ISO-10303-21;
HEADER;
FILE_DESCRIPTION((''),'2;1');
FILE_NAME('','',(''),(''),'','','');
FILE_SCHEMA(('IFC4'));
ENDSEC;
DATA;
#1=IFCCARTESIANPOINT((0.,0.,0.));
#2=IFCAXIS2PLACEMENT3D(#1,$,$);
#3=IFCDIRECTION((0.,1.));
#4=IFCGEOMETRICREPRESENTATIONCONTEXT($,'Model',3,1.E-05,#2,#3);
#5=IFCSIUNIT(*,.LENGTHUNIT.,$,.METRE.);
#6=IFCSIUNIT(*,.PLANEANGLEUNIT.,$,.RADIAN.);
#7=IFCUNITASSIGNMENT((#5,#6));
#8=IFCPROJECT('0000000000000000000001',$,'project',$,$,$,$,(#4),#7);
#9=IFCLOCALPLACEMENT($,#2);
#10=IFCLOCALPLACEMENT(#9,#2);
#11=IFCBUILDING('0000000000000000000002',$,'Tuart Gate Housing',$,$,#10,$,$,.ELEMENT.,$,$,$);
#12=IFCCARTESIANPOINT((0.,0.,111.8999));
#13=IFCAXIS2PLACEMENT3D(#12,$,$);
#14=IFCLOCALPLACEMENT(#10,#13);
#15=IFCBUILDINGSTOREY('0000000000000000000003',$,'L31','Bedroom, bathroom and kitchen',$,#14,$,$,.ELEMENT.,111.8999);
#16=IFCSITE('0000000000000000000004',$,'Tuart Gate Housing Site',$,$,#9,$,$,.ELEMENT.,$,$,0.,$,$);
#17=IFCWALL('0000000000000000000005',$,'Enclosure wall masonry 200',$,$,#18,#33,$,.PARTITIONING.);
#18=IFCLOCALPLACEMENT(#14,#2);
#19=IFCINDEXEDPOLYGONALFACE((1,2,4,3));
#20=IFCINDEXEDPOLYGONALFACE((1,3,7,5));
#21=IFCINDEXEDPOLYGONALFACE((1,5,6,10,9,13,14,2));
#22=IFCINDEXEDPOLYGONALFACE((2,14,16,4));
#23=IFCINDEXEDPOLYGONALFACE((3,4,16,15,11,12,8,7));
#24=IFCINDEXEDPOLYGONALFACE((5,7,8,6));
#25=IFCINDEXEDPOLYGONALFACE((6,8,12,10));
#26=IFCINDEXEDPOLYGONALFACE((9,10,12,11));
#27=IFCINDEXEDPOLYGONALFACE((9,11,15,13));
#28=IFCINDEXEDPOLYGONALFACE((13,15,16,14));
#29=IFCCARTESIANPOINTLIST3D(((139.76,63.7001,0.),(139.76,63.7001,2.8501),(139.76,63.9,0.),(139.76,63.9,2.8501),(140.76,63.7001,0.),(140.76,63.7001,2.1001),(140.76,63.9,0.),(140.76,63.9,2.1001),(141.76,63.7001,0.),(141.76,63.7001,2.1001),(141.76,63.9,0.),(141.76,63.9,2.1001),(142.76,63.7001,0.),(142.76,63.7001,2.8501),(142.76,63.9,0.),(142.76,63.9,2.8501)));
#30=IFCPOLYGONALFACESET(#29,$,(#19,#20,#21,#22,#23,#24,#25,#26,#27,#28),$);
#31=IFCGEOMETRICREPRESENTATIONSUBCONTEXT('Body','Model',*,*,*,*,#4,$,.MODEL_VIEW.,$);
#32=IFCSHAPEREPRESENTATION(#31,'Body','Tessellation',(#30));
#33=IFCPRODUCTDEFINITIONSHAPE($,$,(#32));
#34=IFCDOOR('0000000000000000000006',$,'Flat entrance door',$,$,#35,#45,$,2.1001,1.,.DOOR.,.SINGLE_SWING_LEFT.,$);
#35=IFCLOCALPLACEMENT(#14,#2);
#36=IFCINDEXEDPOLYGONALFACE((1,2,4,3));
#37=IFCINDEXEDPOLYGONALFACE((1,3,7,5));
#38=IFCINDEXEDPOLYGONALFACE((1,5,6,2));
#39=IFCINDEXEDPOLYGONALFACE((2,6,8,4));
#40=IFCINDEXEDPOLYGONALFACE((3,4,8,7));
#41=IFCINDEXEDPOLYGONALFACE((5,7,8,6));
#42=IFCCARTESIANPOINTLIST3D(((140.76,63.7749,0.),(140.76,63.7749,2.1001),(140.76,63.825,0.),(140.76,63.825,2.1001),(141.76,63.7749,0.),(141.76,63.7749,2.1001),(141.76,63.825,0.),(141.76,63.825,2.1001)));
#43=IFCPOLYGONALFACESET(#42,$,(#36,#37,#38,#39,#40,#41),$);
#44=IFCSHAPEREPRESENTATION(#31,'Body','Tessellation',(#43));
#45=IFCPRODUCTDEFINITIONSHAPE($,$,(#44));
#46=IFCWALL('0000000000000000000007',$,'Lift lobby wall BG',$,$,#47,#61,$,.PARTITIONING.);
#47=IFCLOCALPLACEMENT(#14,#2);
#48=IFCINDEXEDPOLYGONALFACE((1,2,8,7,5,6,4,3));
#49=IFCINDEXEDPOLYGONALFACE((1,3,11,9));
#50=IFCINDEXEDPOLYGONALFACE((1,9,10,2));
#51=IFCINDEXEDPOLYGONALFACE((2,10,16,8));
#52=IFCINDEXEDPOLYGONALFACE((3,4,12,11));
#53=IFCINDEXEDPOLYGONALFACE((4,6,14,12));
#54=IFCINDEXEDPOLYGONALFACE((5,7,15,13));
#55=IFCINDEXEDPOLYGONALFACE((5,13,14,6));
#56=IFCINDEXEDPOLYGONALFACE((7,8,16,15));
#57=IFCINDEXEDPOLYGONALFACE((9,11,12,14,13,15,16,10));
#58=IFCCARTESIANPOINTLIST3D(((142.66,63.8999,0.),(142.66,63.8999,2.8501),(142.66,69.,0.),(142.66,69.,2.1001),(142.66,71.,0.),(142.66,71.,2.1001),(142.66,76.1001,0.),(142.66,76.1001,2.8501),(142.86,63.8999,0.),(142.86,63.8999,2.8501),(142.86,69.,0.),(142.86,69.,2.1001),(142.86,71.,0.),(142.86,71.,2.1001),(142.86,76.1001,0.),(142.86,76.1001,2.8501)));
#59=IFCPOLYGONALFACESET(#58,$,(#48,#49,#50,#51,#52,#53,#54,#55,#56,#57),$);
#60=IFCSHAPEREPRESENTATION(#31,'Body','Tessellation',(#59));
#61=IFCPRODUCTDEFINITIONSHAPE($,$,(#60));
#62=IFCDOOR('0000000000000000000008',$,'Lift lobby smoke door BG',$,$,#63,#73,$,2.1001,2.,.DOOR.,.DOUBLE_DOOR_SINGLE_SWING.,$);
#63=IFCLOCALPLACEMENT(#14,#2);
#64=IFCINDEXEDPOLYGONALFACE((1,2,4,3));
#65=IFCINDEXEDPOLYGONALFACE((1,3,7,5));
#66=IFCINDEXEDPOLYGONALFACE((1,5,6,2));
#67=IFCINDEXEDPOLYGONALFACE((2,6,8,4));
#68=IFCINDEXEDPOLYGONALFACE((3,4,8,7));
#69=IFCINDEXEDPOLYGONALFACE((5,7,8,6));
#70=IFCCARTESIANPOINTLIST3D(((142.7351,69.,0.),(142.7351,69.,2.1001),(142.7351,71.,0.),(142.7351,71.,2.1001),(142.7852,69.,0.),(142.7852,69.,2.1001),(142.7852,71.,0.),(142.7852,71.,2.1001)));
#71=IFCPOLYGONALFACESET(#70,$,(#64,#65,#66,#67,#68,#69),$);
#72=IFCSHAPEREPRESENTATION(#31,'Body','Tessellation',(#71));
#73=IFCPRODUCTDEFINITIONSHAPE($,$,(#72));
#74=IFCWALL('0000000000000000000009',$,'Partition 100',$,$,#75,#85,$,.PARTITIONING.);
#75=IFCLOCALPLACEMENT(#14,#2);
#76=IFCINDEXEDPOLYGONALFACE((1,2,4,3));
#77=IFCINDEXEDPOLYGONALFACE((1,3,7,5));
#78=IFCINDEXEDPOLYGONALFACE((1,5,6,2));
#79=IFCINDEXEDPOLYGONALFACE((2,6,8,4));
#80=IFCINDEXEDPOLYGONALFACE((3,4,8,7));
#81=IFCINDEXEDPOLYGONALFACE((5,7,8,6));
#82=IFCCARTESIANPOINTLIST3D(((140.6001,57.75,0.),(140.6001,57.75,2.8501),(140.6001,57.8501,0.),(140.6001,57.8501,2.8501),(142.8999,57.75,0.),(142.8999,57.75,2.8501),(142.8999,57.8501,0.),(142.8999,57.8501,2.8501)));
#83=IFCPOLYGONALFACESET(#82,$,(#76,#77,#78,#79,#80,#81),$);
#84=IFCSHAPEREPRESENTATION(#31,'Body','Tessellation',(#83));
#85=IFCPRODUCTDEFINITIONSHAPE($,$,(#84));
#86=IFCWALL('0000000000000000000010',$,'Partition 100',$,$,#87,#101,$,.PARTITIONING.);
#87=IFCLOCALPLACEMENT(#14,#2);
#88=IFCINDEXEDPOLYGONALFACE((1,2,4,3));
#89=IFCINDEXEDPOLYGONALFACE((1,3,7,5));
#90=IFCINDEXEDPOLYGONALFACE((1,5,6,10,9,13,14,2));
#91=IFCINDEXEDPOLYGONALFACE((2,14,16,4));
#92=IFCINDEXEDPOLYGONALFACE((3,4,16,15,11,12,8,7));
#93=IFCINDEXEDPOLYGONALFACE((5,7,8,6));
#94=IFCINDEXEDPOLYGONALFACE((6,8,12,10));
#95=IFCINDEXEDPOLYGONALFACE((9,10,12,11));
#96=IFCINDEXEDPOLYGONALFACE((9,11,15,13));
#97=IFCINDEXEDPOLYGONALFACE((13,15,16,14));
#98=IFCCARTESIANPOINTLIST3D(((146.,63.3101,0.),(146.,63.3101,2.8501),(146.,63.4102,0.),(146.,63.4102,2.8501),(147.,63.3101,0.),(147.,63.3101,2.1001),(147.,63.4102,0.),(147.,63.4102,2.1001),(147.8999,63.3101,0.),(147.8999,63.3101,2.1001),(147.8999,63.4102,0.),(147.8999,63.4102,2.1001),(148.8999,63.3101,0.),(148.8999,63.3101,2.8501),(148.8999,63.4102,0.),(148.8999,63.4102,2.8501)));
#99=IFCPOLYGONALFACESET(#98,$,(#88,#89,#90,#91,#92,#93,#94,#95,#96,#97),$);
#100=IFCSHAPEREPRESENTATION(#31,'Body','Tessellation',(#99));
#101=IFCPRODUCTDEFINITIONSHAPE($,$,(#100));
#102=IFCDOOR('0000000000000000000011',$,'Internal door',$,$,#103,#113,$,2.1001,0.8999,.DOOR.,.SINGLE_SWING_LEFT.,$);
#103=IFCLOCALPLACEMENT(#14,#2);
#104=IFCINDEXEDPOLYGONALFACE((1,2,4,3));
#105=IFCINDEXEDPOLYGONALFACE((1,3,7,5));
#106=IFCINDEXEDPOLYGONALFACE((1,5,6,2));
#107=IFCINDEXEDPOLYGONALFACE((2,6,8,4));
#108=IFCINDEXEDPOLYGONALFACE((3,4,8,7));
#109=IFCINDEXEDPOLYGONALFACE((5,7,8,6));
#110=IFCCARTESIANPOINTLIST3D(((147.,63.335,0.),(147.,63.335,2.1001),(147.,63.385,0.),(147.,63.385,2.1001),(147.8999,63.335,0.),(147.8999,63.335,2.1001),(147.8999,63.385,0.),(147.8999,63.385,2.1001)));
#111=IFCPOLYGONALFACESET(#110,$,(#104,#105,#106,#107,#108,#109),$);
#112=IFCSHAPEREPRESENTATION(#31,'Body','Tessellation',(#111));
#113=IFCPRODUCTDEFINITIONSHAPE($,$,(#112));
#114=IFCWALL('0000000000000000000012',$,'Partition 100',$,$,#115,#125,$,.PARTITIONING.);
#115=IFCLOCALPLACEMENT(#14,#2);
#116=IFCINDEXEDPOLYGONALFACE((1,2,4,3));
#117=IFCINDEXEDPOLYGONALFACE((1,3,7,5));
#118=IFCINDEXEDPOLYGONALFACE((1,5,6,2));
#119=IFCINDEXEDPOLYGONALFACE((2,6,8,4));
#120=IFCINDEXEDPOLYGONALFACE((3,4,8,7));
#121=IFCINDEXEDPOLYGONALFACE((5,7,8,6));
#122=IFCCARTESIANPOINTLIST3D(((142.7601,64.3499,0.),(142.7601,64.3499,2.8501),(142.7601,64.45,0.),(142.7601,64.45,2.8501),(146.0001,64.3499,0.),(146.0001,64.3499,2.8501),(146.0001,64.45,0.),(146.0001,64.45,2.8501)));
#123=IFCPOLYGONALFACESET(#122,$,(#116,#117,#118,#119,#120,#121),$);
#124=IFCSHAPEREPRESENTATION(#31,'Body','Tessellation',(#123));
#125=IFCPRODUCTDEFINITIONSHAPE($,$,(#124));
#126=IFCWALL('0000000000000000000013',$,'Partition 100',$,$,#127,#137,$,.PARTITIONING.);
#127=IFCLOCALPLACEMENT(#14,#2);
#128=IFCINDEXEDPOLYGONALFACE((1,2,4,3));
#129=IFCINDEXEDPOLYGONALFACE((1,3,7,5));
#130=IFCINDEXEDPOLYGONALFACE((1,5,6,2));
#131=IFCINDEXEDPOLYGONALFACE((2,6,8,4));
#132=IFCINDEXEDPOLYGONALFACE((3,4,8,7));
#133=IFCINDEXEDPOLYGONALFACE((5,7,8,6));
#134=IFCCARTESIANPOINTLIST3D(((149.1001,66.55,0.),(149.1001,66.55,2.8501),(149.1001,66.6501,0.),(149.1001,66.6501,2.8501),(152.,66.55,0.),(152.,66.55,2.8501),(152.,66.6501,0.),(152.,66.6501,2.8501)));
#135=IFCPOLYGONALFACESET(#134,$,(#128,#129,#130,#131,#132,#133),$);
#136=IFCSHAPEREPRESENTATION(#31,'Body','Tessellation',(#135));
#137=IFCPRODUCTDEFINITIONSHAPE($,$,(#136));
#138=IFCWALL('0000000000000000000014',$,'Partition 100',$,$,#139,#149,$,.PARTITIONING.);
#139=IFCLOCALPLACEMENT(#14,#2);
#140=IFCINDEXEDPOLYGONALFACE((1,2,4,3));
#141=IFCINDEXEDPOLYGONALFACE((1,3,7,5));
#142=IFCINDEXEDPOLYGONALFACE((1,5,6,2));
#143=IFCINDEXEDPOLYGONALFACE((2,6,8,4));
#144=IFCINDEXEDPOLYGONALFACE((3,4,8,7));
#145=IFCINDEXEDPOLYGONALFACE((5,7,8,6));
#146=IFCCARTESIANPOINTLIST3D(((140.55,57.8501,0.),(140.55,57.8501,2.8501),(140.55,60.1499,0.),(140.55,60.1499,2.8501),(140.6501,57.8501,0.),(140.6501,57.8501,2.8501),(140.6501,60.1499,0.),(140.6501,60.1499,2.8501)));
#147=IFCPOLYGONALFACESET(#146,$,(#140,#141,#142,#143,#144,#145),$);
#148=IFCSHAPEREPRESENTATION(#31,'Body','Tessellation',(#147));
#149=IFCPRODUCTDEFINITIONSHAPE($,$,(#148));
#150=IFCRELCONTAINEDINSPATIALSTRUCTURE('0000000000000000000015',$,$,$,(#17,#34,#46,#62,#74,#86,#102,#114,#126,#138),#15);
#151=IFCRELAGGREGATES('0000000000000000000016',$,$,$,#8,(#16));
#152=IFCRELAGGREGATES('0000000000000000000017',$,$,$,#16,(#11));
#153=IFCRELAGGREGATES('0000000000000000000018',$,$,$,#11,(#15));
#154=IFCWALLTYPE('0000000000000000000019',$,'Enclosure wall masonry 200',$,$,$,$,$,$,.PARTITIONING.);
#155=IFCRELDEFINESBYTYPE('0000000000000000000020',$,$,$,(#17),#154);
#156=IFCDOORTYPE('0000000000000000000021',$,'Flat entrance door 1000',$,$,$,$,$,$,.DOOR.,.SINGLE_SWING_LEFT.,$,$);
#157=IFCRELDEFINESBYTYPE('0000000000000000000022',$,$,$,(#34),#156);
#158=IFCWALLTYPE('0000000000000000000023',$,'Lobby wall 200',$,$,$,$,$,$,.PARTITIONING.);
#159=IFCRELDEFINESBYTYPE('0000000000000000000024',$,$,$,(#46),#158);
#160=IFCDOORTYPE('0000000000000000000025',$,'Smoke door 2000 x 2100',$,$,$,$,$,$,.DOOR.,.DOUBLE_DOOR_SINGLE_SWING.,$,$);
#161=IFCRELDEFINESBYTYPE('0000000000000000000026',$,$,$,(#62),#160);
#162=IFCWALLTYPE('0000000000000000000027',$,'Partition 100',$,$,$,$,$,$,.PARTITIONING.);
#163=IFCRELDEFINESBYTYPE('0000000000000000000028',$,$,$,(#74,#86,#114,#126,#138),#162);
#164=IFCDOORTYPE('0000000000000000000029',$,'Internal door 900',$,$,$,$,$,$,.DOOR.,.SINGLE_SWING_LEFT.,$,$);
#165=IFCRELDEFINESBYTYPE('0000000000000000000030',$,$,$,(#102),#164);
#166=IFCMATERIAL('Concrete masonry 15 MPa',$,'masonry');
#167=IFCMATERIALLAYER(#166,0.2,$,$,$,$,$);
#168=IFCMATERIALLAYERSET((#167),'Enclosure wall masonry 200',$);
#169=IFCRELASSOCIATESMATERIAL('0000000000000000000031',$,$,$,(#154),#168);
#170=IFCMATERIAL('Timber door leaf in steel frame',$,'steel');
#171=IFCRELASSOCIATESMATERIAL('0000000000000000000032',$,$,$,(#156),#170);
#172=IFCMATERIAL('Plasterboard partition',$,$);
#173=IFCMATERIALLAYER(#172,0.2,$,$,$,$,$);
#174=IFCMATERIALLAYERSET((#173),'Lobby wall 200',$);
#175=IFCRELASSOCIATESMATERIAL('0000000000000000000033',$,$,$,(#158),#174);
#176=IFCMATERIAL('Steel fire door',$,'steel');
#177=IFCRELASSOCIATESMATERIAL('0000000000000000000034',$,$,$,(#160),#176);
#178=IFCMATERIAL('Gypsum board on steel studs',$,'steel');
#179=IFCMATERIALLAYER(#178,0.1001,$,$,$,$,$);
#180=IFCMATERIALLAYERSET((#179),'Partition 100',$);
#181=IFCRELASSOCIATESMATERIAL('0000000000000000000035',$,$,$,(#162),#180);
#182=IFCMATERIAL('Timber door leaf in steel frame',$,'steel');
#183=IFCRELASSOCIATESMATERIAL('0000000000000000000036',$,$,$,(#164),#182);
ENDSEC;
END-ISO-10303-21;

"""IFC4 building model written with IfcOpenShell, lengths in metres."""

from ifc_helpers import new_model, si_unit, direction, frame, frame_2d, origin, place, context, subcontext, project, spatial, rectangle, extrude, material, layer, layer_set, type_object, element, fill, save


model = new_model("IFC4")

# Units and contexts
model_context = context("Model", 3, precision=1e-05, world=origin(), true_north=direction((0.0, 1.0)))
body_context = subcontext(model_context, "Body", "Model", "MODEL_VIEW")
ifc_project = project(units=[si_unit("LENGTHUNIT", "METRE"), si_unit("PLANEANGLEUNIT", "RADIAN")], contexts=[model_context])

# Site, building, storey
site_placement = place(None, origin())
site = spatial("IfcSite", under=ifc_project, at=site_placement, Name="Tuart Gate Housing Site", CompositionType="ELEMENT", RefElevation=0.0)
building_placement = place(site_placement, origin())
building = spatial("IfcBuilding", under=site, at=building_placement, Name="Tuart Gate Housing", CompositionType="ELEMENT")
storey_placement = place(building_placement, frame((0.0, 0.0, 111.8999)))
storey = spatial("IfcBuildingStorey", under=building, at=storey_placement, Name="L31", Description="Bedroom, bathroom and kitchen", CompositionType="ELEMENT", Elevation=111.8999)

# Walls, openings, doors
ifc_material_1 = material(Name="Concrete masonry 15 MPa", Category="masonry")
ifc_layer_1 = layer(ifc_material_1, 0.2)
ifc_layer_set_1 = layer_set([ifc_layer_1], Name="Enclosure wall masonry 200")
wall_type_1 = type_object("IfcWallType", Name="Enclosure wall masonry 200", PredefinedType="PARTITIONING", material=ifc_layer_set_1)
wall_1_placement = place(storey_placement, frame((139.76, 63.8, 0.0), z_axis=(0.0, 0.0, 1.0), x_axis=(1.0, 0.0, 0.0)))
wall_1 = element("IfcWall", 1, at=wall_1_placement, inside=storey, type_object=wall_type_1, Name="Enclosure wall masonry 200", PredefinedType="PARTITIONING", context=body_context, shape_type="SweptSolid", body=[
    extrude(rectangle(XDim=3.0, YDim=0.2, at=frame_2d((1.5, 0.0))), origin(), (0.0, 0.0, 1.0), 2.8501),
])
opening_1_placement = place(wall_1_placement, frame((1.0, 0.0, 0.0)))
opening_1 = element("IfcOpeningElement", 2, at=opening_1_placement, cuts=wall_1, PredefinedType="OPENING", context=body_context, shape_type="SweptSolid", body=[
    extrude(rectangle(XDim=1.0, YDim=2.1001, at=frame_2d((0.5, 1.05))), frame((0.0, 0.1099, 0.0), z_axis=(0.0, -1.0, 0.0), x_axis=(1.0, 0.0, 0.0)), (0.0, 0.0, 1.0), 0.22),
])
ifc_material_2 = material(Name="Timber door leaf in steel frame", Category="steel")
door_type_1 = type_object("IfcDoorType", Name="Flat entrance door 1000", OperationType="SINGLE_SWING_LEFT", PredefinedType="DOOR", material=ifc_material_2)
door_1_placement = place(opening_1_placement, frame((1.0, 0.0, 0.0), z_axis=(0.0, 0.0, 1.0), x_axis=(-1.0, 0.0, 0.0)))
door_1 = element("IfcDoor", 3, at=door_1_placement, inside=storey, type_object=door_type_1, Name="Flat entrance door", OperationType="SINGLE_SWING_LEFT", OverallHeight=2.1001, OverallWidth=1.0, PredefinedType="DOOR", context=body_context, shape_type="SweptSolid", body=[
    extrude(rectangle(XDim=1.0, YDim=2.1001, at=frame_2d((0.5, 1.05))), frame((0.0, 0.0251, 0.0), z_axis=(0.0, -1.0, 0.0), x_axis=(1.0, 0.0, 0.0)), (0.0, 0.0, 1.0), 0.05),
])
fill(opening_1, door_1)
ifc_material_3 = material(Name="Plasterboard partition")
ifc_layer_2 = layer(ifc_material_3, 0.2)
ifc_layer_set_2 = layer_set([ifc_layer_2], Name="Lobby wall 200")
wall_type_2 = type_object("IfcWallType", Name="Lobby wall 200", PredefinedType="PARTITIONING", material=ifc_layer_set_2)
wall_2_placement = place(storey_placement, frame((142.76, 63.8999, 0.0), z_axis=(0.0, 0.0, 1.0), x_axis=(0.0, 1.0, 0.0)))
wall_2 = element("IfcWall", 4, at=wall_2_placement, inside=storey, type_object=wall_type_2, Name="Lift lobby wall BG", PredefinedType="PARTITIONING", context=body_context, shape_type="SweptSolid", body=[
    extrude(rectangle(XDim=12.2002, YDim=0.2, at=frame_2d((6.1001, 0.0))), origin(), (0.0, 0.0, 1.0), 2.8501),
])
opening_2_placement = place(wall_2_placement, frame((5.1001, 0.0, 0.0)))
opening_2 = element("IfcOpeningElement", 5, at=opening_2_placement, cuts=wall_2, PredefinedType="OPENING", context=body_context, shape_type="SweptSolid", body=[
    extrude(rectangle(XDim=2.0, YDim=2.1001, at=frame_2d((1.0, 1.05))), frame((0.0, 0.1099, 0.0), z_axis=(0.0, -1.0, 0.0), x_axis=(1.0, 0.0, 0.0)), (0.0, 0.0, 1.0), 0.22),
])
ifc_material_4 = material(Name="Steel fire door", Category="steel")
door_type_2 = type_object("IfcDoorType", Name="Smoke door 2000 x 2100", OperationType="DOUBLE_DOOR_SINGLE_SWING", PredefinedType="DOOR", material=ifc_material_4)
door_2_placement = place(opening_2_placement, origin())
door_2 = element("IfcDoor", 6, at=door_2_placement, inside=storey, type_object=door_type_2, Name="Lift lobby smoke door BG", OperationType="DOUBLE_DOOR_SINGLE_SWING", OverallHeight=2.1001, OverallWidth=2.0, PredefinedType="DOOR", context=body_context, shape_type="SweptSolid", body=[
    extrude(rectangle(XDim=2.0, YDim=2.1001, at=frame_2d((1.0, 1.05))), frame((0.0, 0.0249, 0.0), z_axis=(0.0, -1.0, 0.0), x_axis=(1.0, 0.0, 0.0)), (0.0, 0.0, 1.0), 0.05),
])
fill(opening_2, door_2)

# Wall
ifc_material_5 = material(Name="Gypsum board on steel studs", Category="steel")
ifc_layer_3 = layer(ifc_material_5, 0.1001)
ifc_layer_set_3 = layer_set([ifc_layer_3], Name="Partition 100")
wall_type_3 = type_object("IfcWallType", Name="Partition 100", PredefinedType="PARTITIONING", material=ifc_layer_set_3)
wall_3_placement = place(storey_placement, frame((140.6001, 57.8, 0.0), z_axis=(0.0, 0.0, 1.0), x_axis=(1.0, 0.0, 0.0)))
element("IfcWall", 7, at=wall_3_placement, inside=storey, type_object=wall_type_3, Name="Partition 100", PredefinedType="PARTITIONING", context=body_context, shape_type="SweptSolid", body=[
    extrude(rectangle(XDim=2.2998, YDim=0.1001, at=frame_2d((1.1499, 0.0))), origin(), (0.0, 0.0, 1.0), 2.8501),
])

# Wall, opening, door
wall_4_placement = place(storey_placement, frame((146.0, 63.3601, 0.0), z_axis=(0.0, 0.0, 1.0), x_axis=(1.0, 0.0, 0.0)))
wall_4 = element("IfcWall", 8, at=wall_4_placement, inside=storey, type_object=wall_type_3, Name="Partition 100", PredefinedType="PARTITIONING", context=body_context, shape_type="SweptSolid", body=[
    extrude(rectangle(XDim=2.8999, YDim=0.1001, at=frame_2d((1.45, 0.0))), origin(), (0.0, 0.0, 1.0), 2.8501),
])
opening_3_placement = place(wall_4_placement, frame((1.0, 0.0, 0.0)))
opening_3 = element("IfcOpeningElement", 9, at=opening_3_placement, cuts=wall_4, PredefinedType="OPENING", context=body_context, shape_type="SweptSolid", body=[
    extrude(rectangle(XDim=0.8999, YDim=2.1001, at=frame_2d((0.45, 1.05))), frame((0.0, 0.0601, 0.0), z_axis=(0.0, -1.0, 0.0), x_axis=(1.0, 0.0, 0.0)), (0.0, 0.0, 1.0), 0.1201),
])
ifc_material_6 = material(Name="Timber door leaf in steel frame", Category="steel")
door_type_3 = type_object("IfcDoorType", Name="Internal door 900", OperationType="SINGLE_SWING_LEFT", PredefinedType="DOOR", material=ifc_material_6)
door_3_placement = place(opening_3_placement, origin())
door_3 = element("IfcDoor", 10, at=door_3_placement, inside=storey, type_object=door_type_3, Name="Internal door", OperationType="SINGLE_SWING_LEFT", OverallHeight=2.1001, OverallWidth=0.8999, PredefinedType="DOOR", context=body_context, shape_type="SweptSolid", body=[
    extrude(rectangle(XDim=0.8999, YDim=2.1001, at=frame_2d((0.45, 1.05))), frame((0.0, 0.0249, 0.0), z_axis=(0.0, -1.0, 0.0), x_axis=(1.0, 0.0, 0.0)), (0.0, 0.0, 1.0), 0.05),
])
fill(opening_3, door_3)

# Walls
wall_5_placement = place(storey_placement, frame((142.76, 64.3999, 0.0), z_axis=(0.0, 0.0, 1.0), x_axis=(1.0, 0.0, 0.0)))
element("IfcWall", 11, at=wall_5_placement, inside=storey, type_object=wall_type_3, Name="Partition 100", PredefinedType="PARTITIONING", context=body_context, shape_type="SweptSolid", body=[
    extrude(rectangle(XDim=3.24, YDim=0.1001, at=frame_2d((1.6201, 0.0))), origin(), (0.0, 0.0, 1.0), 2.8501),
])
wall_6_placement = place(storey_placement, frame((149.1001, 66.6001, 0.0), z_axis=(0.0, 0.0, 1.0), x_axis=(1.0, 0.0, 0.0)))
element("IfcWall", 12, at=wall_6_placement, inside=storey, type_object=wall_type_3, Name="Partition 100", PredefinedType="PARTITIONING", context=body_context, shape_type="SweptSolid", body=[
    extrude(rectangle(XDim=2.8999, YDim=0.1001, at=frame_2d((1.45, 0.0))), origin(), (0.0, 0.0, 1.0), 2.8501),
])
wall_7_placement = place(storey_placement, frame((140.6001, 57.8501, 0.0), z_axis=(0.0, 0.0, 1.0), x_axis=(0.0, 1.0, 0.0)))
element("IfcWall", 13, at=wall_7_placement, inside=storey, type_object=wall_type_3, Name="Partition 100", PredefinedType="PARTITIONING", context=body_context, shape_type="SweptSolid", body=[
    extrude(rectangle(XDim=2.2998, YDim=0.1001, at=frame_2d((1.1499, 0.0))), origin(), (0.0, 0.0, 1.0), 2.8501),
])

save(model, "model.ifc")
